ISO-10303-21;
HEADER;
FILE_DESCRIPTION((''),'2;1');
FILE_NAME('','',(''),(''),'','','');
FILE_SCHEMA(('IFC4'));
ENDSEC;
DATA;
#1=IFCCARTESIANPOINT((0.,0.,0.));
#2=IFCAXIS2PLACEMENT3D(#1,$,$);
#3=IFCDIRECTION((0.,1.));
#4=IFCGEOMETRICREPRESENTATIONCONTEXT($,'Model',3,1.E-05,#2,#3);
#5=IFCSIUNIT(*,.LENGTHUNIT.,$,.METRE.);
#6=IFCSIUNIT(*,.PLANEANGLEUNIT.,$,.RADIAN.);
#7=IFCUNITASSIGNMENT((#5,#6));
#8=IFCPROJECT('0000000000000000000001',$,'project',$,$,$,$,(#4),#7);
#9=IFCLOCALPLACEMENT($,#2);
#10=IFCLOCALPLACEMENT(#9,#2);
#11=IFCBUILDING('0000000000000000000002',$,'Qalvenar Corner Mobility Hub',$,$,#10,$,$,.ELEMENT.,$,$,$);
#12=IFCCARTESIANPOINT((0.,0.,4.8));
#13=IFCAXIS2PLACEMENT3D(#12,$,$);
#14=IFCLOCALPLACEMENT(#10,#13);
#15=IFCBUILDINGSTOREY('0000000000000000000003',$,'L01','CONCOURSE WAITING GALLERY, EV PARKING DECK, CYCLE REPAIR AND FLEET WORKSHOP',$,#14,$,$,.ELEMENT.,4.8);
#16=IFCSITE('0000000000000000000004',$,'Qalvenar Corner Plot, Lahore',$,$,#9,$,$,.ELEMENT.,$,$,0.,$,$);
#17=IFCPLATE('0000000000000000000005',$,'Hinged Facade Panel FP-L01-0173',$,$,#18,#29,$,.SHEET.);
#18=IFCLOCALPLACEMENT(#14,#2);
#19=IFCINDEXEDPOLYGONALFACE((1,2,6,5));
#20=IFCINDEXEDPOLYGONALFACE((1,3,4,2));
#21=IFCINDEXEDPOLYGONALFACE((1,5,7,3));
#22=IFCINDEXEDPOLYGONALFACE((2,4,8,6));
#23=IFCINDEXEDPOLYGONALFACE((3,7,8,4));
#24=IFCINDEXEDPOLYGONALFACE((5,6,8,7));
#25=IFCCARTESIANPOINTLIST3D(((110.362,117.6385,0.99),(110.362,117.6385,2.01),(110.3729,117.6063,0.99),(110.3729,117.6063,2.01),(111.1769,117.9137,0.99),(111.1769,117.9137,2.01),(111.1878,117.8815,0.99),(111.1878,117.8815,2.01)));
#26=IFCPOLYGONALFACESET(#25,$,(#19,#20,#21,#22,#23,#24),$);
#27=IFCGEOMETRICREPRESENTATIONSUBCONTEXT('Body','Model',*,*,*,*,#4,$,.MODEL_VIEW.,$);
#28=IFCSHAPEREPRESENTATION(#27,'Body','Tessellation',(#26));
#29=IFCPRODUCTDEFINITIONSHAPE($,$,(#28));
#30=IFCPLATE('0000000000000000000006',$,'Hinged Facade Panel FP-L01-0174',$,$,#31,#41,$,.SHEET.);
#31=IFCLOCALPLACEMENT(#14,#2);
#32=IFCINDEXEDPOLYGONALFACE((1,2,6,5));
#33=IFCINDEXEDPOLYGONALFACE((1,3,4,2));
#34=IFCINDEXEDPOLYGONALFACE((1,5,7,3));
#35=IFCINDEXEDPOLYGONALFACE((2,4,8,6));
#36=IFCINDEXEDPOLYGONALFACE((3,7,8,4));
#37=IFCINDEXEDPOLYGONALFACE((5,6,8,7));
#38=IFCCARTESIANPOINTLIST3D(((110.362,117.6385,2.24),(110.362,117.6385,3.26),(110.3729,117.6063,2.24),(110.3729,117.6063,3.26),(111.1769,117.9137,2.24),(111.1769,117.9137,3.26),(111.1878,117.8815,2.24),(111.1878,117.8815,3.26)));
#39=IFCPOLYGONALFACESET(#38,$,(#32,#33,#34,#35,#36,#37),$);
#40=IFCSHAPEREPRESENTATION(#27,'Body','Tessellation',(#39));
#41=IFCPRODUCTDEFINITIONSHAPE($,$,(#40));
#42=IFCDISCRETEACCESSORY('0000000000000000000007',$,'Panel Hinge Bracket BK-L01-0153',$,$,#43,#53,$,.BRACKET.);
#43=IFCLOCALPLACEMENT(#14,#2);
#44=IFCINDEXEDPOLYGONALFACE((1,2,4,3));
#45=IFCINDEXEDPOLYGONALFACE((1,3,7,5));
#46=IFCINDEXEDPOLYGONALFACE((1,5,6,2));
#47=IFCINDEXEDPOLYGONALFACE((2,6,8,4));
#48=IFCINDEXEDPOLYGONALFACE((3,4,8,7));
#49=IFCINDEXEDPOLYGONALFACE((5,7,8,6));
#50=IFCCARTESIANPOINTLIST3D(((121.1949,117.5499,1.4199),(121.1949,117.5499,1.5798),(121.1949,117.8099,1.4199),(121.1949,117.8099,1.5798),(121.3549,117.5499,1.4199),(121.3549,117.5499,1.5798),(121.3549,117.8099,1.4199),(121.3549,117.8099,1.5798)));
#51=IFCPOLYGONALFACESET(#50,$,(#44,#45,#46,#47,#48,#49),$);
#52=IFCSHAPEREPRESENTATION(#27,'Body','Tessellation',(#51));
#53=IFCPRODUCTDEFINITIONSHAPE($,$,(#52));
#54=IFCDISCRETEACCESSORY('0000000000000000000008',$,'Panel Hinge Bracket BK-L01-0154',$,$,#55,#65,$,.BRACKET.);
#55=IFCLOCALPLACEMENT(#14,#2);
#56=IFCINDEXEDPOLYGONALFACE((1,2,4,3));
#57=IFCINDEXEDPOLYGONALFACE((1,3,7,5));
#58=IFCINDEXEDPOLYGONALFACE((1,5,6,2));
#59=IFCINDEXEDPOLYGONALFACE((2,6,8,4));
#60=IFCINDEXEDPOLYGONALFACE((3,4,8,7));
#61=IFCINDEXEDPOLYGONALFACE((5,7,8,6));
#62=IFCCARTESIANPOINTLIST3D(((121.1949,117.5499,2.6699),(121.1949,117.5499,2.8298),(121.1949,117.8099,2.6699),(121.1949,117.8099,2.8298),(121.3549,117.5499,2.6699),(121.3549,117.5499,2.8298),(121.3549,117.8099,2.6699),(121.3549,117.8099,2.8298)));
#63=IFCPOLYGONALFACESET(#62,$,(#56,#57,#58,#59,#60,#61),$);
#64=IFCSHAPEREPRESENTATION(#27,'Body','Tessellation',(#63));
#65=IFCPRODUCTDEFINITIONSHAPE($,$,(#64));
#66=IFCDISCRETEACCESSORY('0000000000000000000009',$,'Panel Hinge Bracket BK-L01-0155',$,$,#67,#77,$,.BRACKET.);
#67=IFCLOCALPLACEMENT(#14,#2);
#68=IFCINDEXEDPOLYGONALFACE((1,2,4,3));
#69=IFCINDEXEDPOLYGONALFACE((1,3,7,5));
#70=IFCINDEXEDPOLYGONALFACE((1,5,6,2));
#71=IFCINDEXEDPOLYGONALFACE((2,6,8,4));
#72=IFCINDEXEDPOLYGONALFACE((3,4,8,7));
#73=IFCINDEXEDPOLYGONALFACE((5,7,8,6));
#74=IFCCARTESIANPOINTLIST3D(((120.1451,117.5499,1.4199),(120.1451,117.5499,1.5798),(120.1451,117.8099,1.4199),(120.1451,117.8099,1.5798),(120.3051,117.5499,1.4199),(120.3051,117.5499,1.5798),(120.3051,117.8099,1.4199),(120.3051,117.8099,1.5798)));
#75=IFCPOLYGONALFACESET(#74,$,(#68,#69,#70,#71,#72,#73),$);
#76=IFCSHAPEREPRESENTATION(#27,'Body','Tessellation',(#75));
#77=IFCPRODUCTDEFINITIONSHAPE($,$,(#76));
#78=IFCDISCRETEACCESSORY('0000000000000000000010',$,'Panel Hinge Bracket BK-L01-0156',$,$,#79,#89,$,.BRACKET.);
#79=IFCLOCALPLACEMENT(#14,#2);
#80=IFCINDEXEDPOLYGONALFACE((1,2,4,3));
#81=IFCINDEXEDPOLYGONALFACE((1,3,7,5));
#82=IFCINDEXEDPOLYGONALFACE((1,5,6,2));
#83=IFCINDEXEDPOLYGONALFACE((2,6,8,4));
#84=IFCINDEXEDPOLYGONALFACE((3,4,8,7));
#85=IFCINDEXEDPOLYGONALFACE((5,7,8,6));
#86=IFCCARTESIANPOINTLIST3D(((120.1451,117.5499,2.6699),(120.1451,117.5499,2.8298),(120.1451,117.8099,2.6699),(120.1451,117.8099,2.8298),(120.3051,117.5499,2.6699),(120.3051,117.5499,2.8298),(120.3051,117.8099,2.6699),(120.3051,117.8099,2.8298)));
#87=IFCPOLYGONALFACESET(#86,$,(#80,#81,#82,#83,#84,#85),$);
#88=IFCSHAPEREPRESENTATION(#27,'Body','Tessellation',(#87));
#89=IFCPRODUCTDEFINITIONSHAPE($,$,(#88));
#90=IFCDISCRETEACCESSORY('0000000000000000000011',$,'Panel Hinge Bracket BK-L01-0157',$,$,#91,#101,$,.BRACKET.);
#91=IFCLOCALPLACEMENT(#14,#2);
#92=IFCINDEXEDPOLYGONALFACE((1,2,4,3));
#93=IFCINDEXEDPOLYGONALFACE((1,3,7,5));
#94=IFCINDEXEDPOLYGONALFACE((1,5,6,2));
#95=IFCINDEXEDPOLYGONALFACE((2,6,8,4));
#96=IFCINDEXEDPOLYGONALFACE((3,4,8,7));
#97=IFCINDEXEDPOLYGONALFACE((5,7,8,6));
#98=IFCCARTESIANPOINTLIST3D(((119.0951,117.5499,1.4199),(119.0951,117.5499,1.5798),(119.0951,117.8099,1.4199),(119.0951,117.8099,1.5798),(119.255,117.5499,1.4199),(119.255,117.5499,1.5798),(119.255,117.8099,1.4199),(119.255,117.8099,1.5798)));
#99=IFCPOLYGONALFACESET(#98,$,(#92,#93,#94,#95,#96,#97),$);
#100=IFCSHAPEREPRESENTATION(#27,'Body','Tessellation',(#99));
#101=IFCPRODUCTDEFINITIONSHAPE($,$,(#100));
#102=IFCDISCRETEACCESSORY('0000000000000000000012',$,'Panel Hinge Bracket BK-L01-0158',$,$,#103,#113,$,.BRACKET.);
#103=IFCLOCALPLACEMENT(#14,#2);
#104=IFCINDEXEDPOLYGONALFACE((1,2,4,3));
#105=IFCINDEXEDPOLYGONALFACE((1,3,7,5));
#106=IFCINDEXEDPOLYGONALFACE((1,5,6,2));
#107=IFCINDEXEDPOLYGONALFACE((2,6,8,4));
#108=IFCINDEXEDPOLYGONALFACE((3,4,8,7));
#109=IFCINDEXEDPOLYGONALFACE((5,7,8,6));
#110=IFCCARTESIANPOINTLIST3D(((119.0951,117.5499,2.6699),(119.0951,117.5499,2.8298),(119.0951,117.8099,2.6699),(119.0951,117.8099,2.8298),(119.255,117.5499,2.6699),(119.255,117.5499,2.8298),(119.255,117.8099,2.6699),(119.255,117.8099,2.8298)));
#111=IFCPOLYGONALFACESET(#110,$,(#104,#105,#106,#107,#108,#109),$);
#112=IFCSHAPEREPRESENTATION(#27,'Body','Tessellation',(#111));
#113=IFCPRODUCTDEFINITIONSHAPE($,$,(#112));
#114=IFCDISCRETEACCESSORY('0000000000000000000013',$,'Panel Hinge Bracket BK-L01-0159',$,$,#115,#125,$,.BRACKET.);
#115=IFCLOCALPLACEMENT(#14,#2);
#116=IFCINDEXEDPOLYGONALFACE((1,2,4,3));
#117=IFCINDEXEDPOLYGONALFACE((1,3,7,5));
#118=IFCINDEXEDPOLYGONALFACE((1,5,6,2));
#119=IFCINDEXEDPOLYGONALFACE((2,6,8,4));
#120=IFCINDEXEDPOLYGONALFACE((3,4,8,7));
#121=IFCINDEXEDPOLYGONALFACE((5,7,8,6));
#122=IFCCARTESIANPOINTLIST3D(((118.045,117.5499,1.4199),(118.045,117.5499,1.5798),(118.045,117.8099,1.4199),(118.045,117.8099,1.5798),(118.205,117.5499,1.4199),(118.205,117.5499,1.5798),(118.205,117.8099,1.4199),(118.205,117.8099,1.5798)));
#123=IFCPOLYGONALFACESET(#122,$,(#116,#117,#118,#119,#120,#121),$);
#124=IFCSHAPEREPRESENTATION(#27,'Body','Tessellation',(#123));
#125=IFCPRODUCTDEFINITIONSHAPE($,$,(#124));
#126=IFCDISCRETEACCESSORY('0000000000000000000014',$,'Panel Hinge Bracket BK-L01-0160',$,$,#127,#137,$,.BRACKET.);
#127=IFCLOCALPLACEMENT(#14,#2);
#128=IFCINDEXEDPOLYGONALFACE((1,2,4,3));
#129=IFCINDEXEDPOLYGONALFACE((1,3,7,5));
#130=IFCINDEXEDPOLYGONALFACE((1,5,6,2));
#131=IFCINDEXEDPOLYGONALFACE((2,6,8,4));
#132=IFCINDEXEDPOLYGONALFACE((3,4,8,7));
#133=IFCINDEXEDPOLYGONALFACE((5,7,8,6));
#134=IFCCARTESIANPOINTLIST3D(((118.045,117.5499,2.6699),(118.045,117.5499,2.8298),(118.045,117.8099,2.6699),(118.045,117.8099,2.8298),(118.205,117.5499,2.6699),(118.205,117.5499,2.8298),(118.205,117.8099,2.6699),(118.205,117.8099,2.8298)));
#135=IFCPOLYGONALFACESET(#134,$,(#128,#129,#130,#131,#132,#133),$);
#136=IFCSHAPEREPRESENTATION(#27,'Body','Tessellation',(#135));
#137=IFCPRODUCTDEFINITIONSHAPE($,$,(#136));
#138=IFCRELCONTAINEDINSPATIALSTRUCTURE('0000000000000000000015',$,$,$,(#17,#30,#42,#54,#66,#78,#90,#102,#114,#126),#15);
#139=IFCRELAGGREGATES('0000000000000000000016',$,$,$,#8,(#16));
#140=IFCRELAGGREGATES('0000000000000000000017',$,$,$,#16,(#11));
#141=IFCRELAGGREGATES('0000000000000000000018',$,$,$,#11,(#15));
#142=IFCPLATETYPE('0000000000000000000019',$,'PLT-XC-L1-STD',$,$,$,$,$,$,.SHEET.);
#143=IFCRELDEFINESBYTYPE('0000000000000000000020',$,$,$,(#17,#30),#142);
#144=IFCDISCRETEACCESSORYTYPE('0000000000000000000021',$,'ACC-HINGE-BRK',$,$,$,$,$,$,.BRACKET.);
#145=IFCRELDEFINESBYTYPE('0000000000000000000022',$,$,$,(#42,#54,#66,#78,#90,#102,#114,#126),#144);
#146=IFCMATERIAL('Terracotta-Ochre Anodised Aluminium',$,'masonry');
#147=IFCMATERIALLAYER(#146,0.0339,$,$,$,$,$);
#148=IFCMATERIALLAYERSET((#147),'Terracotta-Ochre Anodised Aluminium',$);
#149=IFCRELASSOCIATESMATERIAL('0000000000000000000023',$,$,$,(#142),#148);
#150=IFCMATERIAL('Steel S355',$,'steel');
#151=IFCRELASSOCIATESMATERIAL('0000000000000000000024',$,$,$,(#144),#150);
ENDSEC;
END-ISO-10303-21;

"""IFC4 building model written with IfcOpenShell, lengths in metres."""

from ifc_helpers import new_model, si_unit, direction, frame, origin, origin_2d, place, context, subcontext, project, spatial, rectangle, extrude, material, layer, layer_set, type_object, element, save


model = new_model("IFC4")

# Units and contexts
model_context = context("Model", 3, precision=1e-05, world=origin(), true_north=direction((0.0, 1.0)))
body_context = subcontext(model_context, "Body", "Model", "MODEL_VIEW")
ifc_project = project(units=[si_unit("LENGTHUNIT", "METRE"), si_unit("PLANEANGLEUNIT", "RADIAN")], contexts=[model_context])

# Site, building, storey
site_placement = place(None, origin())
site = spatial("IfcSite", under=ifc_project, at=site_placement, Name="Qalvenar Corner Plot, Lahore", CompositionType="ELEMENT", RefElevation=0.0)
building_placement = place(site_placement, origin())
building = spatial("IfcBuilding", under=site, at=building_placement, Name="Qalvenar Corner Mobility Hub", CompositionType="ELEMENT")
storey_placement = place(building_placement, frame((0.0, 0.0, 4.8)))
storey = spatial("IfcBuildingStorey", under=building, at=storey_placement, Name="L01", Description="CONCOURSE WAITING GALLERY, EV PARKING DECK, CYCLE REPAIR AND FLEET WORKSHOP", CompositionType="ELEMENT", Elevation=4.8)

# Plates
ifc_material_1 = material(Name="Terracotta-Ochre Anodised Aluminium", Category="masonry")
ifc_layer = layer(ifc_material_1, 0.0339)
ifc_layer_set = layer_set([ifc_layer], Name="Terracotta-Ochre Anodised Aluminium")
plate_type = type_object("IfcPlateType", Name="PLT-XC-L1-STD", PredefinedType="SHEET", material=ifc_layer_set)
for number, where, z_axis, x_axis, name in (
    (1, (110.7749, 117.76, 0.99), (0.0, 0.0, 1.0), (-0.947434, -0.319952, 0.0), "Hinged Facade Panel FP-L01-0173"),
    (2, (110.7749, 117.76, 2.24), (0.0, 0.0, 1.0), (-0.947434, -0.319952, 0.0), "Hinged Facade Panel FP-L01-0174"),
):
    element("IfcPlate", number, at=place(storey_placement, frame(where, z_axis=z_axis, x_axis=x_axis)), inside=storey, type_object=plate_type, Name=name, PredefinedType="SHEET", context=body_context, shape_type="SweptSolid", body=[
        extrude(rectangle(XDim=0.8601, YDim=0.0339, at=origin_2d()), origin(), (0.0, 0.0, 1.0), 1.02),
    ])

# Discrete accessories
ifc_material_2 = material(Name="Steel S355", Category="steel")
discrete_accessory_type = type_object("IfcDiscreteAccessoryType", Name="ACC-HINGE-BRK", PredefinedType="BRACKET", material=ifc_material_2)
for number, where, z_axis, x_axis, name in (
    (3, (121.2749, 117.6799, 1.4199), (0.0, 0.0, 1.0), (-1.0, 0.0, 0.0), "Panel Hinge Bracket BK-L01-0153"),
    (4, (121.2749, 117.6799, 2.6699), (0.0, 0.0, 1.0), (-1.0, 0.0, 0.0), "Panel Hinge Bracket BK-L01-0154"),
    (5, (120.2251, 117.6799, 1.4199), (0.0, 0.0, 1.0), (-1.0, 0.0, 0.0), "Panel Hinge Bracket BK-L01-0155"),
    (6, (120.2251, 117.6799, 2.6699), (0.0, 0.0, 1.0), (-1.0, 0.0, 0.0), "Panel Hinge Bracket BK-L01-0156"),
    (7, (119.175, 117.6799, 1.4199), (0.0, 0.0, 1.0), (-1.0, 0.0, 0.0), "Panel Hinge Bracket BK-L01-0157"),
    (8, (119.175, 117.6799, 2.6699), (0.0, 0.0, 1.0), (-1.0, 0.0, 0.0), "Panel Hinge Bracket BK-L01-0158"),
    (9, (118.125, 117.6799, 1.4199), (0.0, 0.0, 1.0), (-1.0, 0.0, 0.0), "Panel Hinge Bracket BK-L01-0159"),
    (10, (118.125, 117.6799, 2.6699), (0.0, 0.0, 1.0), (-1.0, 0.0, 0.0), "Panel Hinge Bracket BK-L01-0160"),
):
    element("IfcDiscreteAccessory", number, at=place(storey_placement, frame(where, z_axis=z_axis, x_axis=x_axis)), inside=storey, type_object=discrete_accessory_type, Name=name, PredefinedType="BRACKET", context=body_context, shape_type="SweptSolid", body=[
        extrude(rectangle(XDim=0.1599, YDim=0.26, at=origin_2d()), origin(), (0.0, 0.0, 1.0), 0.1599),
    ])

save(model, "model.ifc")
